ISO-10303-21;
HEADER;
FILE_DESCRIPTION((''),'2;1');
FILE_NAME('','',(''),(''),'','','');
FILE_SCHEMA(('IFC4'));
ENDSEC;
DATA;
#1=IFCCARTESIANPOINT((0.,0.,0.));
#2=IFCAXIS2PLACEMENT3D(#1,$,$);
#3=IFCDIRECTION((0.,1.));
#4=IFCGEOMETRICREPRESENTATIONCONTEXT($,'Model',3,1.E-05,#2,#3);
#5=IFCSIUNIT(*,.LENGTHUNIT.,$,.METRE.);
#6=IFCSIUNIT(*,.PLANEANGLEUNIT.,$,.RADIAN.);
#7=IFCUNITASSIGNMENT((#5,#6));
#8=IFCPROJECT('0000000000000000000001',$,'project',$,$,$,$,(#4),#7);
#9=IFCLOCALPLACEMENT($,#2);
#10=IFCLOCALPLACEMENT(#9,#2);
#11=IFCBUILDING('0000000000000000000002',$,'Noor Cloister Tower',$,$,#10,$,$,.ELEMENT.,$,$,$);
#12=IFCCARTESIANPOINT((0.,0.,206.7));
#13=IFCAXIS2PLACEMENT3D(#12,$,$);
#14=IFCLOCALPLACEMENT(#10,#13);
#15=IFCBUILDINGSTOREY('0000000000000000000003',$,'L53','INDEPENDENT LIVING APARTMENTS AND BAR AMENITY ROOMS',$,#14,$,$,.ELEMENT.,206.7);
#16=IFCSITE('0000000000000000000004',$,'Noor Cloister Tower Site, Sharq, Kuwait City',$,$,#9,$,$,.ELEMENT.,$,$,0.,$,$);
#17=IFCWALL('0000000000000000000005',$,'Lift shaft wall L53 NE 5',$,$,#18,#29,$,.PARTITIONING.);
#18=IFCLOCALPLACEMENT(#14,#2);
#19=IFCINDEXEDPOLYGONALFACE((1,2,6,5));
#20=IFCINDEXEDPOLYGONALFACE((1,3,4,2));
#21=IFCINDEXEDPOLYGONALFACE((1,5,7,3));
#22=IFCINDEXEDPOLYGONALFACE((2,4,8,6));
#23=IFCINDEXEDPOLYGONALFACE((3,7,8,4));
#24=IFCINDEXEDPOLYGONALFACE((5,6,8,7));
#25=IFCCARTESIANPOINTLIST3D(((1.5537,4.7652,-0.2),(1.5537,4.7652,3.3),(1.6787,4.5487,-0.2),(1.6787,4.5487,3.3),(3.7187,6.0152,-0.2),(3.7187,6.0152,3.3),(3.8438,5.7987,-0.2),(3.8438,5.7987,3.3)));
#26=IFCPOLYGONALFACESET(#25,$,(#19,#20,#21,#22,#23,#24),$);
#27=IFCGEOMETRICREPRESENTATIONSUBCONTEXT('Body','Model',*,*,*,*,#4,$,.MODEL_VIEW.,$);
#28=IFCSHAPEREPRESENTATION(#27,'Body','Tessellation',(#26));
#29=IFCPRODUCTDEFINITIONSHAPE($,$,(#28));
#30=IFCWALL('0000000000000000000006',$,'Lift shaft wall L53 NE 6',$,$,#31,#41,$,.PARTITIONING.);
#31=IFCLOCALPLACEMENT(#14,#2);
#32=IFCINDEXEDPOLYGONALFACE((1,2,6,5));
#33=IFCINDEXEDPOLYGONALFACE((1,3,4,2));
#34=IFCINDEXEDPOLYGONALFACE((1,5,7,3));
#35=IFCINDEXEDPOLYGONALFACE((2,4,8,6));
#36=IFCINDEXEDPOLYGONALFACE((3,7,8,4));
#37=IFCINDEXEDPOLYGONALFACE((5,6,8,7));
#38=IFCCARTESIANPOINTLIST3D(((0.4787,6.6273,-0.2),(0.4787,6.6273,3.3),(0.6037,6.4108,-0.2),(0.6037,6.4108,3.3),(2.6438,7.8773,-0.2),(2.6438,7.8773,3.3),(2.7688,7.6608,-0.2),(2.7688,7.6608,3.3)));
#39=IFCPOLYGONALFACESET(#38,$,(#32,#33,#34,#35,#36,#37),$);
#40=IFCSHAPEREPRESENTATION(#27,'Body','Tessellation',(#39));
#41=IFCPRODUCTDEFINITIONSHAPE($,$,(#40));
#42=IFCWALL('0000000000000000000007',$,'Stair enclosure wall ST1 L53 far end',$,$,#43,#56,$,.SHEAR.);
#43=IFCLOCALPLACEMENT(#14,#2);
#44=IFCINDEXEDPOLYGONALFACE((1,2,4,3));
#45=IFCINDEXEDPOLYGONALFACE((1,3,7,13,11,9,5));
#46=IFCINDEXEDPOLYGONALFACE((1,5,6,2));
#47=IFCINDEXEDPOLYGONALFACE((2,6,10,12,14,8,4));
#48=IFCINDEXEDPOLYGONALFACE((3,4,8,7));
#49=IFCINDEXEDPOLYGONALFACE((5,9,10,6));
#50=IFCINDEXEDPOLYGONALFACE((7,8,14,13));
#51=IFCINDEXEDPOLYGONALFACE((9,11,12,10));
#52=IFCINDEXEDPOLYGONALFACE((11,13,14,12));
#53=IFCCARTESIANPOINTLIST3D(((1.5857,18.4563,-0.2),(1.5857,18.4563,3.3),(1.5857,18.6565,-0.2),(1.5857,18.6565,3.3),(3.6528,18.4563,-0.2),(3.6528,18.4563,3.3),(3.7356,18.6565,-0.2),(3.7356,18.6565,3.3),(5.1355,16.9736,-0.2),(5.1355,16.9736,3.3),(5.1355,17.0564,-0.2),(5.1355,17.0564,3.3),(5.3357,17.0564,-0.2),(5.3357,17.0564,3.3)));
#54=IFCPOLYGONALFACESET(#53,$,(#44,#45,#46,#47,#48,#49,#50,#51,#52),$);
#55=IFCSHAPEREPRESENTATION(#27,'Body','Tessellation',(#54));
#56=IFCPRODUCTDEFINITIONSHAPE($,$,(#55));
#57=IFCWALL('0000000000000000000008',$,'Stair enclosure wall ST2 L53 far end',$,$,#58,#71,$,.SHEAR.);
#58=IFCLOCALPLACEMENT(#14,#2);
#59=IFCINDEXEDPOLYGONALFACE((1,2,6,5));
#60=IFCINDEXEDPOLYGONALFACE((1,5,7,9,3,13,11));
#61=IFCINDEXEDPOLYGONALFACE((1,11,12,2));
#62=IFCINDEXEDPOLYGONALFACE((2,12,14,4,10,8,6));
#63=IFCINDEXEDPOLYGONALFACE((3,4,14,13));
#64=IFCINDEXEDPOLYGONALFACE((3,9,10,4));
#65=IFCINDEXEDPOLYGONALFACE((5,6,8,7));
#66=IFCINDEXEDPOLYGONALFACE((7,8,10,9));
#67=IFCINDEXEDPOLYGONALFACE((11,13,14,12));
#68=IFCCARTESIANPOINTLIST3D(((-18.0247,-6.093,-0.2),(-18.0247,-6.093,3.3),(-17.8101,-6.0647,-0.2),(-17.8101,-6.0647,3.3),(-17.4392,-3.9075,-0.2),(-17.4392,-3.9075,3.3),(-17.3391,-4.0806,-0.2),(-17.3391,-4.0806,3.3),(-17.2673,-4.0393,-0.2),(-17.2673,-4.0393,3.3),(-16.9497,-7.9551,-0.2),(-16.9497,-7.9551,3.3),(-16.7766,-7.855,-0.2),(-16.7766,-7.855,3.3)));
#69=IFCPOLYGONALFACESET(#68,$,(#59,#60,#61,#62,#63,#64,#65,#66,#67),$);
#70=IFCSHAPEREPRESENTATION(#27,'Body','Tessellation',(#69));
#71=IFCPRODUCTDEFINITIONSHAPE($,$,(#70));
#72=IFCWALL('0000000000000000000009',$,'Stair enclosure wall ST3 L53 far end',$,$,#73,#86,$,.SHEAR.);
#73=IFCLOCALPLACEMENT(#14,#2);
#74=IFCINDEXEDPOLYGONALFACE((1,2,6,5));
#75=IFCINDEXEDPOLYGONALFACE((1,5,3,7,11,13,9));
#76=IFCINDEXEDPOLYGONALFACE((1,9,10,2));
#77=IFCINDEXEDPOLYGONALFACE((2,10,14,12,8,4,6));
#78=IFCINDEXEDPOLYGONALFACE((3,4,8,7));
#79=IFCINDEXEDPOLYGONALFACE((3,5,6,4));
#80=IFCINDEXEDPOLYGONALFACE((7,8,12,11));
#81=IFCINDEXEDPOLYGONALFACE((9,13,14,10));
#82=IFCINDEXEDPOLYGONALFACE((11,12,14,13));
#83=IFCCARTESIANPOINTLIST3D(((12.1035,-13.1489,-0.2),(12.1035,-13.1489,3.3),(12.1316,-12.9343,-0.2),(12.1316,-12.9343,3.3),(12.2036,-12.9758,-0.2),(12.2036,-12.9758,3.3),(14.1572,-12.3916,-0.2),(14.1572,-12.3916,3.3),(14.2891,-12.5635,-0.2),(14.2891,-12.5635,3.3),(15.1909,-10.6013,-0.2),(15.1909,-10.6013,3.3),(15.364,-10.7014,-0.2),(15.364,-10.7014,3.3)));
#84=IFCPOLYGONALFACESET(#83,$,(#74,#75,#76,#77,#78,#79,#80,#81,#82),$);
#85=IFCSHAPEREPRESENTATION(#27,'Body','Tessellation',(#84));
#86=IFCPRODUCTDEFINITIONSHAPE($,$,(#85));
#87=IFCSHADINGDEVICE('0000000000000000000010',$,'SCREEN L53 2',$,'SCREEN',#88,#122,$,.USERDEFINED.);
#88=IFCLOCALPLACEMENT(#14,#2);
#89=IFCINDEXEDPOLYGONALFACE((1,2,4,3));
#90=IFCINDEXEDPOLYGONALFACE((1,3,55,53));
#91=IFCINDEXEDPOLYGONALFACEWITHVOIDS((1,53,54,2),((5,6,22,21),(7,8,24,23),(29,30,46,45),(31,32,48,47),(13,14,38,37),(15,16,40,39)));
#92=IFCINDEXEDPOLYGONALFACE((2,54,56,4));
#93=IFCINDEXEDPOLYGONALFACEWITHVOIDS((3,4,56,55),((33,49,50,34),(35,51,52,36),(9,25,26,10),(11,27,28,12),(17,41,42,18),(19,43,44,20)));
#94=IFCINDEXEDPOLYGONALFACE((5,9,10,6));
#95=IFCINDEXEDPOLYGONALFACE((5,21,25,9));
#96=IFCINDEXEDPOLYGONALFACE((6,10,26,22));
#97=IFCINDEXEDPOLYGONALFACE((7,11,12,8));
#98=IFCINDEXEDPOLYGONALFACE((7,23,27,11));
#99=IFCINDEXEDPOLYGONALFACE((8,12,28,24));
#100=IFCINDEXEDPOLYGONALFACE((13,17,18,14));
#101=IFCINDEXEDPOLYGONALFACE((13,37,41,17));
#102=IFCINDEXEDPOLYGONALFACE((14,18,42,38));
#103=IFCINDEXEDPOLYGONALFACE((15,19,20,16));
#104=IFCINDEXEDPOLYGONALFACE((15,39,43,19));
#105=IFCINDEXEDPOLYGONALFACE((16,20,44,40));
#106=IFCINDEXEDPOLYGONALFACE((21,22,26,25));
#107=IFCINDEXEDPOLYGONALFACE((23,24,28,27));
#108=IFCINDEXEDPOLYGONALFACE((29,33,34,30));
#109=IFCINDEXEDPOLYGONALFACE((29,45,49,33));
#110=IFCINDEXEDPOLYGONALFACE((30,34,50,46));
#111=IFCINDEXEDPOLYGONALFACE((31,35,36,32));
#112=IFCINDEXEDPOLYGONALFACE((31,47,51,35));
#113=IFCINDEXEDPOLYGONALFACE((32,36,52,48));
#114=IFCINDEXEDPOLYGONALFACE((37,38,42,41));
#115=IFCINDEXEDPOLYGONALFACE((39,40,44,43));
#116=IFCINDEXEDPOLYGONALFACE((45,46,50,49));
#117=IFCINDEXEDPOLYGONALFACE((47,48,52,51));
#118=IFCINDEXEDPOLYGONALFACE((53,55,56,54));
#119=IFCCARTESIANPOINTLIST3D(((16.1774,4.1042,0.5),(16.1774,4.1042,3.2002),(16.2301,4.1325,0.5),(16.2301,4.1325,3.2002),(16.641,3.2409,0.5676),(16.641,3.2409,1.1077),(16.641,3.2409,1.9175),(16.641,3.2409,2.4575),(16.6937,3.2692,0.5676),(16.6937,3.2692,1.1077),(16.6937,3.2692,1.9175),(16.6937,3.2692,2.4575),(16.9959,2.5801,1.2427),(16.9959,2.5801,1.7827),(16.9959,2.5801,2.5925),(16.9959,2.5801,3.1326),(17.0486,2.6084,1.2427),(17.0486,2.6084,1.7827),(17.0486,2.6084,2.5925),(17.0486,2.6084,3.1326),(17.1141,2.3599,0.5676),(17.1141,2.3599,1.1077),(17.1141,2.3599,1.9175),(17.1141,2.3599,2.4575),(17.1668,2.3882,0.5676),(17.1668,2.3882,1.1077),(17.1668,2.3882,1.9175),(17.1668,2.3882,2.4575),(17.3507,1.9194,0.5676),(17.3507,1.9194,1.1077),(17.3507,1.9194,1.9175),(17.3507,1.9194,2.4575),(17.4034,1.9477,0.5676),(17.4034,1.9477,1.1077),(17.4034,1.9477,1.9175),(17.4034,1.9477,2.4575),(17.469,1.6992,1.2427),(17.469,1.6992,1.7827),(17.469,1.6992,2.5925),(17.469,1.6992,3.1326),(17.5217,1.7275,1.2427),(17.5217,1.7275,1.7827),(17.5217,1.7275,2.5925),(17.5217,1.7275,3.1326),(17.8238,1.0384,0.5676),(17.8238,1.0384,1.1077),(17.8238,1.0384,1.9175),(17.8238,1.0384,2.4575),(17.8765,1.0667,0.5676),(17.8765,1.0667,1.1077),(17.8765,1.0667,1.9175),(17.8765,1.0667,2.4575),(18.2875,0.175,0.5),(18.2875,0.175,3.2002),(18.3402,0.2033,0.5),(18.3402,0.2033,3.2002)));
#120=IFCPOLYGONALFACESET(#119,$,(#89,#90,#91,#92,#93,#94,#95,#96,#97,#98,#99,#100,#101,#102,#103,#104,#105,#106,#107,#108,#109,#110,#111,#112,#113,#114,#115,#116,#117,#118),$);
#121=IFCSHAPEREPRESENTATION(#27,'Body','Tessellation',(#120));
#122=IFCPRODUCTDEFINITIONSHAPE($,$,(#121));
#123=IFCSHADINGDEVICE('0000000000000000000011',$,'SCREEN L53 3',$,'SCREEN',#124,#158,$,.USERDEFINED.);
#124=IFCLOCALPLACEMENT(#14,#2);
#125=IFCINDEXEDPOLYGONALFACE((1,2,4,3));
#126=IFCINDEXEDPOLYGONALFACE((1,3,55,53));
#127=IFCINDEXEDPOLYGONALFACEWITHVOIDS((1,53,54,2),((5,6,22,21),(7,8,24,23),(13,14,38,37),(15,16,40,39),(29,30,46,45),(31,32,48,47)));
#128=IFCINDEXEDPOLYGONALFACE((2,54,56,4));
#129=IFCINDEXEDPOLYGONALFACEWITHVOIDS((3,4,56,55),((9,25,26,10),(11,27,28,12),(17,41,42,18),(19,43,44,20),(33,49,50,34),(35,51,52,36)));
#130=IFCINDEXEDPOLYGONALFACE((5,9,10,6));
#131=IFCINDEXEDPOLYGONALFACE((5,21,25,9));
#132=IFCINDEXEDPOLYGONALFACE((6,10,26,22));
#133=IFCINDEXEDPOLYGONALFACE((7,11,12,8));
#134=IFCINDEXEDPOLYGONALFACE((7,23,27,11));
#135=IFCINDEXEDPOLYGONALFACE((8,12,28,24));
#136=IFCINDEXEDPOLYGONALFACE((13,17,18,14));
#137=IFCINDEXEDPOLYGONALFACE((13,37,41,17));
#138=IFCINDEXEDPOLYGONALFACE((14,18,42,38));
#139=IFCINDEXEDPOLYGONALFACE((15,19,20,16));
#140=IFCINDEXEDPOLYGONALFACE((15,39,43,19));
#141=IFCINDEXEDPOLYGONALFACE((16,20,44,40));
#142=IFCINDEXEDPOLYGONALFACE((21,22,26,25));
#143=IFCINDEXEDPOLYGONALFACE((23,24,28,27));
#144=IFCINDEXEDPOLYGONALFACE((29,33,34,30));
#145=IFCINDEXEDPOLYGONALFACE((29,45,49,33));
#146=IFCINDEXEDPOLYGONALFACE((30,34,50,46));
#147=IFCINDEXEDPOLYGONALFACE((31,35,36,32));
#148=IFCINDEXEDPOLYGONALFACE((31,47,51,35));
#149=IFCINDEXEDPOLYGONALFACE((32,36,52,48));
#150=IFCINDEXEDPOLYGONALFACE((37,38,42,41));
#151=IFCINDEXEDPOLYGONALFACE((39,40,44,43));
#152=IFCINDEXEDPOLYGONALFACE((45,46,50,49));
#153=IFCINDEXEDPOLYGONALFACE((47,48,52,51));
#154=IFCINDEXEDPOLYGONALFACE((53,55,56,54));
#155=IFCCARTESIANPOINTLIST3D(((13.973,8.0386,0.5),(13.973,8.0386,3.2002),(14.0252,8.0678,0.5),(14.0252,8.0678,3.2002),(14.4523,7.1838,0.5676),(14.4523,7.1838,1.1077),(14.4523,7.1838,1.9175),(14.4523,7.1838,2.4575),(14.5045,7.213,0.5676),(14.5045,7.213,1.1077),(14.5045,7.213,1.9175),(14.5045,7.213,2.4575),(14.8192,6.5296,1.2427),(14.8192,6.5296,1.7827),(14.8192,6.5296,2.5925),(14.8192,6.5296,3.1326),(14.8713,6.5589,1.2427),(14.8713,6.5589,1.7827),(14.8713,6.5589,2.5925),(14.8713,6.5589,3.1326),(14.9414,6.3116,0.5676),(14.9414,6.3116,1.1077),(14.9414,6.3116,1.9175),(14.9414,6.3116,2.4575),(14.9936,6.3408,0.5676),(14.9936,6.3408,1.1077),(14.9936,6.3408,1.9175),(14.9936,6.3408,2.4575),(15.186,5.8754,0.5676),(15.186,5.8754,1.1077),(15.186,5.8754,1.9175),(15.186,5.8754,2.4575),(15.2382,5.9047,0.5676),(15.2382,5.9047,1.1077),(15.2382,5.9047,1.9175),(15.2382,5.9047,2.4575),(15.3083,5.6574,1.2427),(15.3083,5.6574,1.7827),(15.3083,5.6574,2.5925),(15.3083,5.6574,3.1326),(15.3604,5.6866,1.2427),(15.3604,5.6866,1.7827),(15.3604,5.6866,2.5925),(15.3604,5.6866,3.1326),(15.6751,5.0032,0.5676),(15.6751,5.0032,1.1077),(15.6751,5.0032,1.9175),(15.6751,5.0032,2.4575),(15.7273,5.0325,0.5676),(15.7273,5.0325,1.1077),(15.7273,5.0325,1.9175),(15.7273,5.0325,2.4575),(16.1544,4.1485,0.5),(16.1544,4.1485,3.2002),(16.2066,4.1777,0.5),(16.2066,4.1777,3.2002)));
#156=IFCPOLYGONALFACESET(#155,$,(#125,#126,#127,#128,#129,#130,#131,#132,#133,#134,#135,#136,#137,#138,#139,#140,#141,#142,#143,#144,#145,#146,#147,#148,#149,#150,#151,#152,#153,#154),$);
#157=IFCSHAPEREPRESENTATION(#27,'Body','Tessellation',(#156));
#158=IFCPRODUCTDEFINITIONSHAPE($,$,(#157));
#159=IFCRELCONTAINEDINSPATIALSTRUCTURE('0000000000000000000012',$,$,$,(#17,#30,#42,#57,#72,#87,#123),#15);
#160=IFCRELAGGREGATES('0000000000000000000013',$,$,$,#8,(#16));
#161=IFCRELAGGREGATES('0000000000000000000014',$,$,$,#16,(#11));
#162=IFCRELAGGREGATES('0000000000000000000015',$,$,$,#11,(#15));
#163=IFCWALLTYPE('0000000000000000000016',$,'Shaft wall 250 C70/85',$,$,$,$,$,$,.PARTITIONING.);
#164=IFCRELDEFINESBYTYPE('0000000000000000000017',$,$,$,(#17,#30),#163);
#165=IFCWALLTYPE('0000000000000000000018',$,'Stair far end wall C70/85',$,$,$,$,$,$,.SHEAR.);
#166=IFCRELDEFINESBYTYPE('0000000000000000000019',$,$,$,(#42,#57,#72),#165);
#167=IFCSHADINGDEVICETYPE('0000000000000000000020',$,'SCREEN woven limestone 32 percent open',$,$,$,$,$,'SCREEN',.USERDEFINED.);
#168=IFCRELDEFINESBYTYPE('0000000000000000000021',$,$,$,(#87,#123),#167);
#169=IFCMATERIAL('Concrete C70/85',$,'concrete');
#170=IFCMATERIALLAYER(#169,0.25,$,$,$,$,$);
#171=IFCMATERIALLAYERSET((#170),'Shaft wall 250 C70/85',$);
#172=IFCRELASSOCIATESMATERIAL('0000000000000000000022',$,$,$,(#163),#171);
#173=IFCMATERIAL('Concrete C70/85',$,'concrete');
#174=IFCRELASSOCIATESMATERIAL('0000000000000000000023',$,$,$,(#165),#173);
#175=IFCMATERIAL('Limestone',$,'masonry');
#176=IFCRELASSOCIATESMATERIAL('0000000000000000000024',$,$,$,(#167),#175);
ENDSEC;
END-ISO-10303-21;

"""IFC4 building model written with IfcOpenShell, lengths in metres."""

from ifc_helpers import new_model, si_unit, direction, frame, frame_2d, origin, place, context, subcontext, project, spatial, polyline, rectangle, outline, extrude, material, layer, layer_set, material_profile, profile_set, type_object, element, save


model = new_model("IFC4")

# Units and contexts
model_context = context("Model", 3, precision=1e-05, world=origin(), true_north=direction((0.0, 1.0)))
body_context = subcontext(model_context, "Body", "Model", "MODEL_VIEW")
ifc_project = project(units=[si_unit("LENGTHUNIT", "METRE"), si_unit("PLANEANGLEUNIT", "RADIAN")], contexts=[model_context])

# Site, building, storey
site_placement = place(None, origin())
site = spatial("IfcSite", under=ifc_project, at=site_placement, Name="Noor Cloister Tower Site, Sharq, Kuwait City", CompositionType="ELEMENT", RefElevation=0.0)
building_placement = place(site_placement, origin())
building = spatial("IfcBuilding", under=site, at=building_placement, Name="Noor Cloister Tower", CompositionType="ELEMENT")
storey_placement = place(building_placement, frame((0.0, 0.0, 206.7)))
storey = spatial("IfcBuildingStorey", under=building, at=storey_placement, Name="L53", Description="INDEPENDENT LIVING APARTMENTS AND BAR AMENITY ROOMS", CompositionType="ELEMENT", Elevation=206.7)

# Walls
ifc_material_1 = material(Name="Concrete C70/85", Category="concrete")
ifc_layer_1 = layer(ifc_material_1, 0.25)
ifc_layer_set_1 = layer_set([ifc_layer_1], Name="Shaft wall 250 C70/85")
wall_type_1 = type_object("IfcWallType", Name="Shaft wall 250 C70/85", PredefinedType="PARTITIONING", material=ifc_layer_set_1)
for number, where, z_axis, x_axis, name in (
    (1, (3.7812, 5.907, -0.2), (0.0, 0.0, 1.0), (-0.866023, -0.500004, 0.0), "Lift shaft wall L53 NE 5"),
    (2, (2.7063, 7.769, -0.2), (0.0, 0.0, 1.0), (-0.866023, -0.500004, 0.0), "Lift shaft wall L53 NE 6"),
):
    element("IfcWall", number, at=place(storey_placement, frame(where, z_axis=z_axis, x_axis=x_axis)), inside=storey, type_object=wall_type_1, Name=name, PredefinedType="PARTITIONING", context=body_context, shape_type="SweptSolid", body=[
        extrude(rectangle(XDim=2.5, YDim=0.25, at=frame_2d((1.25, 0.0))), origin(), (0.0, 0.0, 1.0), 3.5),
    ])
ifc_material_2 = material(Name="Concrete C70/85", Category="concrete")
wall_type_2 = type_object("IfcWallType", Name="Stair far end wall C70/85", PredefinedType="SHEAR", material=ifc_material_2)
wall_1_placement = place(storey_placement, frame((0.0, 0.0, -0.2)))
element("IfcWall", 3, at=wall_1_placement, inside=storey, type_object=wall_type_2, Name="Stair enclosure wall ST1 L53 far end", PredefinedType="SHEAR", context=body_context, shape_type="SweptSolid", body=[
    extrude(outline(polyline([(5.3357, 17.0564), (3.7356, 18.6565), (1.5857, 18.6565), (1.5857, 18.4563), (3.6528, 18.4563), (5.1355, 16.9736), (5.1355, 17.0564), (5.1355, 17.0564), (5.1355, 17.0564), (5.1355, 17.0564), (5.1355, 17.0564), (5.1355, 17.0564), (5.1355, 17.0564), (5.1355, 17.0564), (5.1355, 17.0564), (5.1355, 17.0564), (5.1355, 17.0564), (5.1355, 17.0564), (5.1355, 17.0564), (5.1355, 17.0564), (5.1355, 17.0564), (5.1355, 17.0564), (5.1355, 17.0564), (5.3357, 17.0564)])), origin(), (0.0, 0.0, 1.0), 3.5),
])
wall_2_placement = place(storey_placement, frame((0.0, 0.0, -0.2)))
element("IfcWall", 4, at=wall_2_placement, inside=storey, type_object=wall_type_2, Name="Stair enclosure wall ST2 L53 far end", PredefinedType="SHEAR", context=body_context, shape_type="SweptSolid", body=[
    extrude(outline(polyline([(-17.4392, -3.9075), (-18.0247, -6.093), (-16.9497, -7.9551), (-16.7766, -7.855), (-17.8101, -6.0647), (-17.2673, -4.0393), (-17.3391, -4.0806), (-17.3391, -4.0806), (-17.3391, -4.0806), (-17.3391, -4.0806), (-17.3391, -4.0806), (-17.3391, -4.0806), (-17.3391, -4.0806), (-17.3391, -4.0806), (-17.3391, -4.0806), (-17.3391, -4.0806), (-17.3391, -4.0806), (-17.3391, -4.0806), (-17.3391, -4.0806), (-17.3391, -4.0806), (-17.3391, -4.0806), (-17.3391, -4.0806), (-17.3391, -4.0806), (-17.4392, -3.9075)])), origin(), (0.0, 0.0, 1.0), 3.5),
])
wall_3_placement = place(storey_placement, frame((0.0, 0.0, -0.2)))
element("IfcWall", 5, at=wall_3_placement, inside=storey, type_object=wall_type_2, Name="Stair enclosure wall ST3 L53 far end", PredefinedType="SHEAR", context=body_context, shape_type="SweptSolid", body=[
    extrude(outline(polyline([(12.1035, -13.1489), (14.2891, -12.5635), (15.364, -10.7014), (15.1909, -10.6013), (14.1572, -12.3916), (12.1316, -12.9343), (12.2036, -12.9758), (12.2036, -12.9758), (12.2036, -12.9758), (12.2036, -12.9758), (12.2036, -12.9758), (12.2036, -12.9758), (12.2036, -12.9758), (12.2036, -12.9758), (12.2036, -12.9758), (12.2036, -12.9758), (12.2036, -12.9758), (12.2036, -12.9758), (12.2036, -12.9758), (12.2036, -12.9758), (12.2036, -12.9758), (12.2036, -12.9758), (12.2036, -12.9758), (12.1035, -13.1489)])), origin(), (0.0, 0.0, 1.0), 3.5),
])

# Shading devices
ifc_material_3 = material(Name="Limestone", Category="masonry")
ifc_material_profile_1 = material_profile(ifc_material_3, outline(polyline([(-2.23, -1.3501), (2.23, -1.3501), (2.23, 1.3501), (-2.23, 1.3501), (-2.23, -1.3501)]), holes=[polyline([(-1.25, -1.2825), (-0.25, -1.2825), (-0.25, -0.7424), (-1.25, -0.7424), (-1.25, -1.2825)]), polyline([(0.25, -1.2825), (1.25, -1.2825), (1.25, -0.7424), (0.25, -0.7424), (0.25, -1.2825)]), polyline([(-0.5, -0.6074), (0.5, -0.6074), (0.5, -0.0674), (-0.5, -0.0674), (-0.5, -0.6074)]), polyline([(-1.25, 0.0674), (-0.25, 0.0674), (-0.25, 0.6074), (-1.25, 0.6074), (-1.25, 0.0674)]), polyline([(0.25, 0.0674), (1.25, 0.0674), (1.25, 0.6074), (0.25, 0.6074), (0.25, 0.0674)]), polyline([(-0.5, 0.7424), (0.5, 0.7424), (0.5, 1.2825), (-0.5, 1.2825), (-0.5, 0.7424)])]), Name="Woven screen 32 percent open")
ifc_profile_set_1 = profile_set([ifc_material_profile_1], Name="Limestone")
shading_device_type = type_object("IfcShadingDeviceType", Name="SCREEN woven limestone 32 percent open", ElementType="SCREEN", PredefinedType="USERDEFINED", material=ifc_profile_set_1)
for number, where, z_axis, x_axis, name in (
    (6, (17.2324, 2.1396, 1.8501), (0.880994, 0.473127, 0.0), (-0.473127, 0.880994, 0.0), "SCREEN L53 2"),
    (7, (15.0637, 6.0935, 1.8501), (0.872228, 0.4891, 0.0), (-0.4891, 0.872228, 0.0), "SCREEN L53 3"),
):
    element("IfcShadingDevice", number, at=place(storey_placement, frame(where, z_axis=z_axis, x_axis=x_axis)), inside=storey, type_object=shading_device_type, Name=name, ObjectType="SCREEN", PredefinedType="USERDEFINED", context=body_context, shape_type="SweptSolid", body=[
        extrude(outline(polyline([(-2.23, -1.3501), (2.23, -1.3501), (2.23, 1.3501), (-2.23, 1.3501), (-2.23, -1.3501)]), holes=[polyline([(-1.25, -1.2825), (-0.25, -1.2825), (-0.25, -0.7424), (-1.25, -0.7424), (-1.25, -1.2825)]), polyline([(0.25, -1.2825), (1.25, -1.2825), (1.25, -0.7424), (0.25, -0.7424), (0.25, -1.2825)]), polyline([(-0.5, -0.6074), (0.5, -0.6074), (0.5, -0.0674), (-0.5, -0.0674), (-0.5, -0.6074)]), polyline([(-1.25, 0.0674), (-0.25, 0.0674), (-0.25, 0.6074), (-1.25, 0.6074), (-1.25, 0.0674)]), polyline([(0.25, 0.0674), (1.25, 0.0674), (1.25, 0.6074), (0.25, 0.6074), (0.25, 0.0674)]), polyline([(-0.5, 0.7424), (0.5, 0.7424), (0.5, 1.2825), (-0.5, 1.2825), (-0.5, 0.7424)])]), origin(), (0.0, 0.0, 1.0), 0.0598),
    ])

save(model, "model.ifc")
